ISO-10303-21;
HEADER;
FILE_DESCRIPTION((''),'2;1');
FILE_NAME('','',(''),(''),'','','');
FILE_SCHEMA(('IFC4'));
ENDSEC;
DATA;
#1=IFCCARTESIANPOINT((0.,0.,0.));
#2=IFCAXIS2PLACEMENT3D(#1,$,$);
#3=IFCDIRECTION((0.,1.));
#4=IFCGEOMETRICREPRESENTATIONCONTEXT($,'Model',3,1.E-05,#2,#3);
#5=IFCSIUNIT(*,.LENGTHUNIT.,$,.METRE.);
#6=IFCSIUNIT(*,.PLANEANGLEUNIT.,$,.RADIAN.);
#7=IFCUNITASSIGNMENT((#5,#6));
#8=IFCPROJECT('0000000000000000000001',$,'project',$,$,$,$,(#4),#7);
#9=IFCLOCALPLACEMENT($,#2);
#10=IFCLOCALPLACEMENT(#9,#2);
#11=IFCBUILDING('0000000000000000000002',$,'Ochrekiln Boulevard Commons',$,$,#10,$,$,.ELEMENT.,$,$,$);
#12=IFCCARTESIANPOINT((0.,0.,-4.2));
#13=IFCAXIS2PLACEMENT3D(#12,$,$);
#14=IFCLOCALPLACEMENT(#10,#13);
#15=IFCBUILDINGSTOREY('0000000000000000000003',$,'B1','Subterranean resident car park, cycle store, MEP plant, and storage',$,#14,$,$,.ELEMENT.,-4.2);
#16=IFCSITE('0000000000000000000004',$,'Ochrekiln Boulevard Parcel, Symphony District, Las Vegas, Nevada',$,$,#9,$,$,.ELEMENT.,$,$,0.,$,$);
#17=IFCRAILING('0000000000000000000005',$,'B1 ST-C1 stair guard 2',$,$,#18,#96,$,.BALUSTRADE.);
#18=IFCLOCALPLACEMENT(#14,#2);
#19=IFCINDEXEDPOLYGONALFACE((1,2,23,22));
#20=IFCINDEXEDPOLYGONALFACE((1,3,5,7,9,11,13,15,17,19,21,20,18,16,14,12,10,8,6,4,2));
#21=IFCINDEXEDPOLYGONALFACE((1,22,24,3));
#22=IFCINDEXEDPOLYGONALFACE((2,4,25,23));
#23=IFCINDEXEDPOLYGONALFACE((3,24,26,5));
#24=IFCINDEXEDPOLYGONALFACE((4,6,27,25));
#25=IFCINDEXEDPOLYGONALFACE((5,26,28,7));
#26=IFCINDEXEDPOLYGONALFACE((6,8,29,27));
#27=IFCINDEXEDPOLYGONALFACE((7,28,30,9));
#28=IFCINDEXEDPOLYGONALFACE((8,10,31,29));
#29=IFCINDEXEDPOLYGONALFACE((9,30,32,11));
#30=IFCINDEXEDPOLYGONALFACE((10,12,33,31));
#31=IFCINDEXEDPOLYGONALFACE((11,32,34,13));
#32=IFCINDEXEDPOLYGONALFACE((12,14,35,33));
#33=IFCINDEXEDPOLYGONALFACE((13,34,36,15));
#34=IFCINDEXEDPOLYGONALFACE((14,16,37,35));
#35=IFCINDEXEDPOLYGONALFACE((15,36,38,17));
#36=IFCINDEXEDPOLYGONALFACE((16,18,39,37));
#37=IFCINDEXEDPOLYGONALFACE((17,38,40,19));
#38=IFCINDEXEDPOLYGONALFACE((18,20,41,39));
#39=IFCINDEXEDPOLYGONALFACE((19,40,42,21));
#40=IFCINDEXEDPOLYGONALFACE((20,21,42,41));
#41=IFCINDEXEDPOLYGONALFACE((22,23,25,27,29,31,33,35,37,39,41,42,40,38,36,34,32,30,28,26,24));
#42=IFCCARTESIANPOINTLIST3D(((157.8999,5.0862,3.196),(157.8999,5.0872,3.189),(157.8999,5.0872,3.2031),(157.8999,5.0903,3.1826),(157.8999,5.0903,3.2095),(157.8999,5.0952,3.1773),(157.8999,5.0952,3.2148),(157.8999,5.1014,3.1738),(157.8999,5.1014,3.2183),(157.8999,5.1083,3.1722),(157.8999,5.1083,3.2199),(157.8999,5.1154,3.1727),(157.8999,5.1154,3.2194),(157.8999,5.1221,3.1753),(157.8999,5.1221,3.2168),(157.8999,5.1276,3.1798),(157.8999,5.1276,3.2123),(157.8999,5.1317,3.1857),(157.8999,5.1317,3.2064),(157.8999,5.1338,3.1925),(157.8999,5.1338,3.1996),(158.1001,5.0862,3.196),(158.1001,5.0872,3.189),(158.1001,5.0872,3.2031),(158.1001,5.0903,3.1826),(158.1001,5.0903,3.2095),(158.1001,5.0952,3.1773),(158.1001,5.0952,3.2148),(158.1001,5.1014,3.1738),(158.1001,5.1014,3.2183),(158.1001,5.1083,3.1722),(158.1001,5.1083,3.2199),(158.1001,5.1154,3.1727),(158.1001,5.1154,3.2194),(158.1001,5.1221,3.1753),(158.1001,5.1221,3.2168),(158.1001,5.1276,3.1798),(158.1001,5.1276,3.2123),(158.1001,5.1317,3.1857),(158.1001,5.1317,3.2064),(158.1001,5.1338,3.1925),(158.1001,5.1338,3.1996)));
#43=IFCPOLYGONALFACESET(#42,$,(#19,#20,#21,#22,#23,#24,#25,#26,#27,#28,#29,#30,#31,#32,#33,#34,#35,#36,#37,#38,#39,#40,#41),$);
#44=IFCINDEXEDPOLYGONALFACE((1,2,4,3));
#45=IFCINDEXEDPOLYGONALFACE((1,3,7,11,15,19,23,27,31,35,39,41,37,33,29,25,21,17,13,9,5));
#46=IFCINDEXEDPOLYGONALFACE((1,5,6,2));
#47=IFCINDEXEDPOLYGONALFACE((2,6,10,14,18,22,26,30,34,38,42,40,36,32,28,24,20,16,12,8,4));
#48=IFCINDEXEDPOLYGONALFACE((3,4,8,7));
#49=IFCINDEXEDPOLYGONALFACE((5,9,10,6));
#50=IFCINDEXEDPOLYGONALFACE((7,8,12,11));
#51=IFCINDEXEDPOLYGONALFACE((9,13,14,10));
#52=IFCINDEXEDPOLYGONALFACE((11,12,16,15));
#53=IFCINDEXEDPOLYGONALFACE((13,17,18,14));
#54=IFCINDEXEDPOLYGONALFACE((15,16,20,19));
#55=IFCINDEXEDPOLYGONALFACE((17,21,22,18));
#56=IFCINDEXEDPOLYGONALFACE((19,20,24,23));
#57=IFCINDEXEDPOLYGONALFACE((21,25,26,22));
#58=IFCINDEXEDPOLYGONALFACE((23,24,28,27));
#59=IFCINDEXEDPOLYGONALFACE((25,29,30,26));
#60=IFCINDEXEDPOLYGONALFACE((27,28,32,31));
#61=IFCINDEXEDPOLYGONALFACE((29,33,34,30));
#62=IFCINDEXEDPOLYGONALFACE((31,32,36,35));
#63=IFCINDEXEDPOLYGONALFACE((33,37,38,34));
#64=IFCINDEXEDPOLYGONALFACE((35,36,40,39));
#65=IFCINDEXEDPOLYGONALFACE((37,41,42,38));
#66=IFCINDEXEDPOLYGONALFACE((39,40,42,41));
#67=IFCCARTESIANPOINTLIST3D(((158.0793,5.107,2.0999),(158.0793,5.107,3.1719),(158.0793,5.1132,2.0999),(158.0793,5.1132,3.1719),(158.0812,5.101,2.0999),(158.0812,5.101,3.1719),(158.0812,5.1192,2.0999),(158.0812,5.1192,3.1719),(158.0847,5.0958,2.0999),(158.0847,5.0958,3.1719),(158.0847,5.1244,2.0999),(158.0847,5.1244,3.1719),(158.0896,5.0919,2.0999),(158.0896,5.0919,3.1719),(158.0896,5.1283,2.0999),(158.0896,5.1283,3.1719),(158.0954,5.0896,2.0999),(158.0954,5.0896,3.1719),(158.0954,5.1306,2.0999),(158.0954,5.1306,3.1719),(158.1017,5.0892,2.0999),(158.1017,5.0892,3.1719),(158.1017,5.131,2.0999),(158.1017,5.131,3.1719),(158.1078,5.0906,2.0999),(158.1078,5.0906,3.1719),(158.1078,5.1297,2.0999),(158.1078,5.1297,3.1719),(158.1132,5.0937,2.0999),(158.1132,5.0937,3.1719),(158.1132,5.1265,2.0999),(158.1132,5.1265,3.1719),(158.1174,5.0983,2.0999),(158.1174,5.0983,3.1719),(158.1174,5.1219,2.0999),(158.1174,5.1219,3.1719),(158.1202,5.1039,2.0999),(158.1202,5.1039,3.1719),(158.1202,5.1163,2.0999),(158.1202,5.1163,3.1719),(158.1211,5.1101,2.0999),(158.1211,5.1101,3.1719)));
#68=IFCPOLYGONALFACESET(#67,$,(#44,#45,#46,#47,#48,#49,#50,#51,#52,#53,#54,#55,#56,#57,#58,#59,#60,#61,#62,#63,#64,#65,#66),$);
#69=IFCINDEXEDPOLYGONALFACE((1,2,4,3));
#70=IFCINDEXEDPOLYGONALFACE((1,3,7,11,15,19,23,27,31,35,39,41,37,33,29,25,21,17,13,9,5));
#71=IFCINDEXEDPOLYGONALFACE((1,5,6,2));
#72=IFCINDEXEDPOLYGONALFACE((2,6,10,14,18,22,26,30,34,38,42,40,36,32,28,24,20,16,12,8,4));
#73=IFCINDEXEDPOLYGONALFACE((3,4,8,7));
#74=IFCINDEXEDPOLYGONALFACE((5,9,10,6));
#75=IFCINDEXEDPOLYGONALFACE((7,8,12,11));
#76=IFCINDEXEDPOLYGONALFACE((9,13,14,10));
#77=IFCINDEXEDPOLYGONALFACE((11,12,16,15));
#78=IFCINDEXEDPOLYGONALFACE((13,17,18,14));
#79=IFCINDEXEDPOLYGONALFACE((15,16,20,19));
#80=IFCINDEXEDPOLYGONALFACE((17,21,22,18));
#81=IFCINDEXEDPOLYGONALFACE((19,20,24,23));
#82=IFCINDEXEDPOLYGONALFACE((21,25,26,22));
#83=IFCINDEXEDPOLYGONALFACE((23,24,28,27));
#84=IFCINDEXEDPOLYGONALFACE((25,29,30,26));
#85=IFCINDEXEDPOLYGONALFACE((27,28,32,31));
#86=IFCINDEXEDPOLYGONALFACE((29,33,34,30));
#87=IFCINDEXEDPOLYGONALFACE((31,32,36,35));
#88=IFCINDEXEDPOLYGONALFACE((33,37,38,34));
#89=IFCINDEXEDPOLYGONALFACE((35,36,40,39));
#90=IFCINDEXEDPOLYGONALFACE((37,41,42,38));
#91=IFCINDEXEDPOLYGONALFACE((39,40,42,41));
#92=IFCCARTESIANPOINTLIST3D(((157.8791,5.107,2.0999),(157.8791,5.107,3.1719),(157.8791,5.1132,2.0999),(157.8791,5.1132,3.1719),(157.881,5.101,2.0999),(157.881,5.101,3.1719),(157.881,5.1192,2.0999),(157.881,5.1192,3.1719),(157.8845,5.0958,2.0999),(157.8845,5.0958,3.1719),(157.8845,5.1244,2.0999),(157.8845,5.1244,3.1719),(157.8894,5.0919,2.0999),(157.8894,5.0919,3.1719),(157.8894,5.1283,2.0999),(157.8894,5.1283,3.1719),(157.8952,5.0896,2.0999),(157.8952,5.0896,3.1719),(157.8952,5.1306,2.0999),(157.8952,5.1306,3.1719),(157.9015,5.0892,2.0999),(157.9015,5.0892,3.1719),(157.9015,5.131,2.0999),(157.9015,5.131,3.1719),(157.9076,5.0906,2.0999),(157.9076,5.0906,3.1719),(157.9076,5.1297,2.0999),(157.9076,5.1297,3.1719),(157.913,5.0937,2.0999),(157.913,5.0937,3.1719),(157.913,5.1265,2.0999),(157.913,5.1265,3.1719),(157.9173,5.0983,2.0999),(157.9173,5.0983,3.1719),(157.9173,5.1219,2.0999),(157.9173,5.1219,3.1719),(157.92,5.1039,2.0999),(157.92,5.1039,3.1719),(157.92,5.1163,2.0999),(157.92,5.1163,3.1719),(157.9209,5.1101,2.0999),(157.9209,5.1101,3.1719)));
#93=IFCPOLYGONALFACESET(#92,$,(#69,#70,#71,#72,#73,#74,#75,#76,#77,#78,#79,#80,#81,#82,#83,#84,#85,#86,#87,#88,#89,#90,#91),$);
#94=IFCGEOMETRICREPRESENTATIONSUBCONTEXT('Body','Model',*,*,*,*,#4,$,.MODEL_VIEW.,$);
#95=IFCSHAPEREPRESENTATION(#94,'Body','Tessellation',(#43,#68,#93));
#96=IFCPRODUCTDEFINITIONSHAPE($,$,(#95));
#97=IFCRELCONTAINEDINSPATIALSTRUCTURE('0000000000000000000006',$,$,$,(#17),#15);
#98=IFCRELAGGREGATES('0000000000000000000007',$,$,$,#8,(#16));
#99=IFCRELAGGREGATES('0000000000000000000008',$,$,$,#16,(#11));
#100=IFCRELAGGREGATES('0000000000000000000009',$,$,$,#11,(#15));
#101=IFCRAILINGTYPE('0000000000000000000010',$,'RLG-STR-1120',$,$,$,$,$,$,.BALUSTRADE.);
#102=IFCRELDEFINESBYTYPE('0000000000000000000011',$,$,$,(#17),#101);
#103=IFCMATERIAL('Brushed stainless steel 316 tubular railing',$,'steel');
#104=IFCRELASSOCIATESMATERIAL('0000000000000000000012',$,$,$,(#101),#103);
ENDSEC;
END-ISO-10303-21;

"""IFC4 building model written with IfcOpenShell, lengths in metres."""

from ifc_helpers import new_model, si_unit, direction, frame, origin, origin_2d, place, context, subcontext, project, spatial, circle, extrude, material, type_object, element, save


model = new_model("IFC4")

# Units and contexts
model_context = context("Model", 3, precision=1e-05, world=origin(), true_north=direction((0.0, 1.0)))
body_context = subcontext(model_context, "Body", "Model", "MODEL_VIEW")
ifc_project = project(units=[si_unit("LENGTHUNIT", "METRE"), si_unit("PLANEANGLEUNIT", "RADIAN")], contexts=[model_context])

# Site, building, storey
site_placement = place(None, origin())
site = spatial("IfcSite", under=ifc_project, at=site_placement, Name="Ochrekiln Boulevard Parcel, Symphony District, Las Vegas, Nevada", CompositionType="ELEMENT", RefElevation=0.0)
building_placement = place(site_placement, origin())
building = spatial("IfcBuilding", under=site, at=building_placement, Name="Ochrekiln Boulevard Commons", CompositionType="ELEMENT")
storey_placement = place(building_placement, frame((0.0, 0.0, -4.2)))
storey = spatial("IfcBuildingStorey", under=building, at=storey_placement, Name="B1", Description="Subterranean resident car park, cycle store, MEP plant, and storage", CompositionType="ELEMENT", Elevation=-4.2)

# Railing
ifc_material_1 = material(Name="Brushed stainless steel 316 tubular railing", Category="steel")
railing_type_1 = type_object("IfcRailingType", Name="RLG-STR-1120", PredefinedType="BALUSTRADE", material=ifc_material_1)
railing_1_placement = place(storey_placement, frame((158.1001, 5.1101, 2.0999)))
element("IfcRailing", 1, at=railing_1_placement, inside=storey, type_object=railing_type_1, Name="B1 ST-C1 stair guard 2", PredefinedType="BALUSTRADE", context=body_context, shape_type="SweptSolid", body=[
    extrude(circle(Radius=0.0239, at=origin_2d()), frame((0.0, 0.0, 1.0962), z_axis=(-1.0, 0.0, 0.0), x_axis=(0.0, -1.0, 0.0)), (0.0, 0.0, 1.0), 0.2002),
    extrude(circle(Radius=0.021, at=origin_2d()), origin(), (0.0, 0.0, 1.0), 1.072),
    extrude(circle(Radius=0.021, at=origin_2d()), frame((-0.2002, 0.0, 0.0)), (0.0, 0.0, 1.0), 1.072),
])

save(model, "model.ifc")
